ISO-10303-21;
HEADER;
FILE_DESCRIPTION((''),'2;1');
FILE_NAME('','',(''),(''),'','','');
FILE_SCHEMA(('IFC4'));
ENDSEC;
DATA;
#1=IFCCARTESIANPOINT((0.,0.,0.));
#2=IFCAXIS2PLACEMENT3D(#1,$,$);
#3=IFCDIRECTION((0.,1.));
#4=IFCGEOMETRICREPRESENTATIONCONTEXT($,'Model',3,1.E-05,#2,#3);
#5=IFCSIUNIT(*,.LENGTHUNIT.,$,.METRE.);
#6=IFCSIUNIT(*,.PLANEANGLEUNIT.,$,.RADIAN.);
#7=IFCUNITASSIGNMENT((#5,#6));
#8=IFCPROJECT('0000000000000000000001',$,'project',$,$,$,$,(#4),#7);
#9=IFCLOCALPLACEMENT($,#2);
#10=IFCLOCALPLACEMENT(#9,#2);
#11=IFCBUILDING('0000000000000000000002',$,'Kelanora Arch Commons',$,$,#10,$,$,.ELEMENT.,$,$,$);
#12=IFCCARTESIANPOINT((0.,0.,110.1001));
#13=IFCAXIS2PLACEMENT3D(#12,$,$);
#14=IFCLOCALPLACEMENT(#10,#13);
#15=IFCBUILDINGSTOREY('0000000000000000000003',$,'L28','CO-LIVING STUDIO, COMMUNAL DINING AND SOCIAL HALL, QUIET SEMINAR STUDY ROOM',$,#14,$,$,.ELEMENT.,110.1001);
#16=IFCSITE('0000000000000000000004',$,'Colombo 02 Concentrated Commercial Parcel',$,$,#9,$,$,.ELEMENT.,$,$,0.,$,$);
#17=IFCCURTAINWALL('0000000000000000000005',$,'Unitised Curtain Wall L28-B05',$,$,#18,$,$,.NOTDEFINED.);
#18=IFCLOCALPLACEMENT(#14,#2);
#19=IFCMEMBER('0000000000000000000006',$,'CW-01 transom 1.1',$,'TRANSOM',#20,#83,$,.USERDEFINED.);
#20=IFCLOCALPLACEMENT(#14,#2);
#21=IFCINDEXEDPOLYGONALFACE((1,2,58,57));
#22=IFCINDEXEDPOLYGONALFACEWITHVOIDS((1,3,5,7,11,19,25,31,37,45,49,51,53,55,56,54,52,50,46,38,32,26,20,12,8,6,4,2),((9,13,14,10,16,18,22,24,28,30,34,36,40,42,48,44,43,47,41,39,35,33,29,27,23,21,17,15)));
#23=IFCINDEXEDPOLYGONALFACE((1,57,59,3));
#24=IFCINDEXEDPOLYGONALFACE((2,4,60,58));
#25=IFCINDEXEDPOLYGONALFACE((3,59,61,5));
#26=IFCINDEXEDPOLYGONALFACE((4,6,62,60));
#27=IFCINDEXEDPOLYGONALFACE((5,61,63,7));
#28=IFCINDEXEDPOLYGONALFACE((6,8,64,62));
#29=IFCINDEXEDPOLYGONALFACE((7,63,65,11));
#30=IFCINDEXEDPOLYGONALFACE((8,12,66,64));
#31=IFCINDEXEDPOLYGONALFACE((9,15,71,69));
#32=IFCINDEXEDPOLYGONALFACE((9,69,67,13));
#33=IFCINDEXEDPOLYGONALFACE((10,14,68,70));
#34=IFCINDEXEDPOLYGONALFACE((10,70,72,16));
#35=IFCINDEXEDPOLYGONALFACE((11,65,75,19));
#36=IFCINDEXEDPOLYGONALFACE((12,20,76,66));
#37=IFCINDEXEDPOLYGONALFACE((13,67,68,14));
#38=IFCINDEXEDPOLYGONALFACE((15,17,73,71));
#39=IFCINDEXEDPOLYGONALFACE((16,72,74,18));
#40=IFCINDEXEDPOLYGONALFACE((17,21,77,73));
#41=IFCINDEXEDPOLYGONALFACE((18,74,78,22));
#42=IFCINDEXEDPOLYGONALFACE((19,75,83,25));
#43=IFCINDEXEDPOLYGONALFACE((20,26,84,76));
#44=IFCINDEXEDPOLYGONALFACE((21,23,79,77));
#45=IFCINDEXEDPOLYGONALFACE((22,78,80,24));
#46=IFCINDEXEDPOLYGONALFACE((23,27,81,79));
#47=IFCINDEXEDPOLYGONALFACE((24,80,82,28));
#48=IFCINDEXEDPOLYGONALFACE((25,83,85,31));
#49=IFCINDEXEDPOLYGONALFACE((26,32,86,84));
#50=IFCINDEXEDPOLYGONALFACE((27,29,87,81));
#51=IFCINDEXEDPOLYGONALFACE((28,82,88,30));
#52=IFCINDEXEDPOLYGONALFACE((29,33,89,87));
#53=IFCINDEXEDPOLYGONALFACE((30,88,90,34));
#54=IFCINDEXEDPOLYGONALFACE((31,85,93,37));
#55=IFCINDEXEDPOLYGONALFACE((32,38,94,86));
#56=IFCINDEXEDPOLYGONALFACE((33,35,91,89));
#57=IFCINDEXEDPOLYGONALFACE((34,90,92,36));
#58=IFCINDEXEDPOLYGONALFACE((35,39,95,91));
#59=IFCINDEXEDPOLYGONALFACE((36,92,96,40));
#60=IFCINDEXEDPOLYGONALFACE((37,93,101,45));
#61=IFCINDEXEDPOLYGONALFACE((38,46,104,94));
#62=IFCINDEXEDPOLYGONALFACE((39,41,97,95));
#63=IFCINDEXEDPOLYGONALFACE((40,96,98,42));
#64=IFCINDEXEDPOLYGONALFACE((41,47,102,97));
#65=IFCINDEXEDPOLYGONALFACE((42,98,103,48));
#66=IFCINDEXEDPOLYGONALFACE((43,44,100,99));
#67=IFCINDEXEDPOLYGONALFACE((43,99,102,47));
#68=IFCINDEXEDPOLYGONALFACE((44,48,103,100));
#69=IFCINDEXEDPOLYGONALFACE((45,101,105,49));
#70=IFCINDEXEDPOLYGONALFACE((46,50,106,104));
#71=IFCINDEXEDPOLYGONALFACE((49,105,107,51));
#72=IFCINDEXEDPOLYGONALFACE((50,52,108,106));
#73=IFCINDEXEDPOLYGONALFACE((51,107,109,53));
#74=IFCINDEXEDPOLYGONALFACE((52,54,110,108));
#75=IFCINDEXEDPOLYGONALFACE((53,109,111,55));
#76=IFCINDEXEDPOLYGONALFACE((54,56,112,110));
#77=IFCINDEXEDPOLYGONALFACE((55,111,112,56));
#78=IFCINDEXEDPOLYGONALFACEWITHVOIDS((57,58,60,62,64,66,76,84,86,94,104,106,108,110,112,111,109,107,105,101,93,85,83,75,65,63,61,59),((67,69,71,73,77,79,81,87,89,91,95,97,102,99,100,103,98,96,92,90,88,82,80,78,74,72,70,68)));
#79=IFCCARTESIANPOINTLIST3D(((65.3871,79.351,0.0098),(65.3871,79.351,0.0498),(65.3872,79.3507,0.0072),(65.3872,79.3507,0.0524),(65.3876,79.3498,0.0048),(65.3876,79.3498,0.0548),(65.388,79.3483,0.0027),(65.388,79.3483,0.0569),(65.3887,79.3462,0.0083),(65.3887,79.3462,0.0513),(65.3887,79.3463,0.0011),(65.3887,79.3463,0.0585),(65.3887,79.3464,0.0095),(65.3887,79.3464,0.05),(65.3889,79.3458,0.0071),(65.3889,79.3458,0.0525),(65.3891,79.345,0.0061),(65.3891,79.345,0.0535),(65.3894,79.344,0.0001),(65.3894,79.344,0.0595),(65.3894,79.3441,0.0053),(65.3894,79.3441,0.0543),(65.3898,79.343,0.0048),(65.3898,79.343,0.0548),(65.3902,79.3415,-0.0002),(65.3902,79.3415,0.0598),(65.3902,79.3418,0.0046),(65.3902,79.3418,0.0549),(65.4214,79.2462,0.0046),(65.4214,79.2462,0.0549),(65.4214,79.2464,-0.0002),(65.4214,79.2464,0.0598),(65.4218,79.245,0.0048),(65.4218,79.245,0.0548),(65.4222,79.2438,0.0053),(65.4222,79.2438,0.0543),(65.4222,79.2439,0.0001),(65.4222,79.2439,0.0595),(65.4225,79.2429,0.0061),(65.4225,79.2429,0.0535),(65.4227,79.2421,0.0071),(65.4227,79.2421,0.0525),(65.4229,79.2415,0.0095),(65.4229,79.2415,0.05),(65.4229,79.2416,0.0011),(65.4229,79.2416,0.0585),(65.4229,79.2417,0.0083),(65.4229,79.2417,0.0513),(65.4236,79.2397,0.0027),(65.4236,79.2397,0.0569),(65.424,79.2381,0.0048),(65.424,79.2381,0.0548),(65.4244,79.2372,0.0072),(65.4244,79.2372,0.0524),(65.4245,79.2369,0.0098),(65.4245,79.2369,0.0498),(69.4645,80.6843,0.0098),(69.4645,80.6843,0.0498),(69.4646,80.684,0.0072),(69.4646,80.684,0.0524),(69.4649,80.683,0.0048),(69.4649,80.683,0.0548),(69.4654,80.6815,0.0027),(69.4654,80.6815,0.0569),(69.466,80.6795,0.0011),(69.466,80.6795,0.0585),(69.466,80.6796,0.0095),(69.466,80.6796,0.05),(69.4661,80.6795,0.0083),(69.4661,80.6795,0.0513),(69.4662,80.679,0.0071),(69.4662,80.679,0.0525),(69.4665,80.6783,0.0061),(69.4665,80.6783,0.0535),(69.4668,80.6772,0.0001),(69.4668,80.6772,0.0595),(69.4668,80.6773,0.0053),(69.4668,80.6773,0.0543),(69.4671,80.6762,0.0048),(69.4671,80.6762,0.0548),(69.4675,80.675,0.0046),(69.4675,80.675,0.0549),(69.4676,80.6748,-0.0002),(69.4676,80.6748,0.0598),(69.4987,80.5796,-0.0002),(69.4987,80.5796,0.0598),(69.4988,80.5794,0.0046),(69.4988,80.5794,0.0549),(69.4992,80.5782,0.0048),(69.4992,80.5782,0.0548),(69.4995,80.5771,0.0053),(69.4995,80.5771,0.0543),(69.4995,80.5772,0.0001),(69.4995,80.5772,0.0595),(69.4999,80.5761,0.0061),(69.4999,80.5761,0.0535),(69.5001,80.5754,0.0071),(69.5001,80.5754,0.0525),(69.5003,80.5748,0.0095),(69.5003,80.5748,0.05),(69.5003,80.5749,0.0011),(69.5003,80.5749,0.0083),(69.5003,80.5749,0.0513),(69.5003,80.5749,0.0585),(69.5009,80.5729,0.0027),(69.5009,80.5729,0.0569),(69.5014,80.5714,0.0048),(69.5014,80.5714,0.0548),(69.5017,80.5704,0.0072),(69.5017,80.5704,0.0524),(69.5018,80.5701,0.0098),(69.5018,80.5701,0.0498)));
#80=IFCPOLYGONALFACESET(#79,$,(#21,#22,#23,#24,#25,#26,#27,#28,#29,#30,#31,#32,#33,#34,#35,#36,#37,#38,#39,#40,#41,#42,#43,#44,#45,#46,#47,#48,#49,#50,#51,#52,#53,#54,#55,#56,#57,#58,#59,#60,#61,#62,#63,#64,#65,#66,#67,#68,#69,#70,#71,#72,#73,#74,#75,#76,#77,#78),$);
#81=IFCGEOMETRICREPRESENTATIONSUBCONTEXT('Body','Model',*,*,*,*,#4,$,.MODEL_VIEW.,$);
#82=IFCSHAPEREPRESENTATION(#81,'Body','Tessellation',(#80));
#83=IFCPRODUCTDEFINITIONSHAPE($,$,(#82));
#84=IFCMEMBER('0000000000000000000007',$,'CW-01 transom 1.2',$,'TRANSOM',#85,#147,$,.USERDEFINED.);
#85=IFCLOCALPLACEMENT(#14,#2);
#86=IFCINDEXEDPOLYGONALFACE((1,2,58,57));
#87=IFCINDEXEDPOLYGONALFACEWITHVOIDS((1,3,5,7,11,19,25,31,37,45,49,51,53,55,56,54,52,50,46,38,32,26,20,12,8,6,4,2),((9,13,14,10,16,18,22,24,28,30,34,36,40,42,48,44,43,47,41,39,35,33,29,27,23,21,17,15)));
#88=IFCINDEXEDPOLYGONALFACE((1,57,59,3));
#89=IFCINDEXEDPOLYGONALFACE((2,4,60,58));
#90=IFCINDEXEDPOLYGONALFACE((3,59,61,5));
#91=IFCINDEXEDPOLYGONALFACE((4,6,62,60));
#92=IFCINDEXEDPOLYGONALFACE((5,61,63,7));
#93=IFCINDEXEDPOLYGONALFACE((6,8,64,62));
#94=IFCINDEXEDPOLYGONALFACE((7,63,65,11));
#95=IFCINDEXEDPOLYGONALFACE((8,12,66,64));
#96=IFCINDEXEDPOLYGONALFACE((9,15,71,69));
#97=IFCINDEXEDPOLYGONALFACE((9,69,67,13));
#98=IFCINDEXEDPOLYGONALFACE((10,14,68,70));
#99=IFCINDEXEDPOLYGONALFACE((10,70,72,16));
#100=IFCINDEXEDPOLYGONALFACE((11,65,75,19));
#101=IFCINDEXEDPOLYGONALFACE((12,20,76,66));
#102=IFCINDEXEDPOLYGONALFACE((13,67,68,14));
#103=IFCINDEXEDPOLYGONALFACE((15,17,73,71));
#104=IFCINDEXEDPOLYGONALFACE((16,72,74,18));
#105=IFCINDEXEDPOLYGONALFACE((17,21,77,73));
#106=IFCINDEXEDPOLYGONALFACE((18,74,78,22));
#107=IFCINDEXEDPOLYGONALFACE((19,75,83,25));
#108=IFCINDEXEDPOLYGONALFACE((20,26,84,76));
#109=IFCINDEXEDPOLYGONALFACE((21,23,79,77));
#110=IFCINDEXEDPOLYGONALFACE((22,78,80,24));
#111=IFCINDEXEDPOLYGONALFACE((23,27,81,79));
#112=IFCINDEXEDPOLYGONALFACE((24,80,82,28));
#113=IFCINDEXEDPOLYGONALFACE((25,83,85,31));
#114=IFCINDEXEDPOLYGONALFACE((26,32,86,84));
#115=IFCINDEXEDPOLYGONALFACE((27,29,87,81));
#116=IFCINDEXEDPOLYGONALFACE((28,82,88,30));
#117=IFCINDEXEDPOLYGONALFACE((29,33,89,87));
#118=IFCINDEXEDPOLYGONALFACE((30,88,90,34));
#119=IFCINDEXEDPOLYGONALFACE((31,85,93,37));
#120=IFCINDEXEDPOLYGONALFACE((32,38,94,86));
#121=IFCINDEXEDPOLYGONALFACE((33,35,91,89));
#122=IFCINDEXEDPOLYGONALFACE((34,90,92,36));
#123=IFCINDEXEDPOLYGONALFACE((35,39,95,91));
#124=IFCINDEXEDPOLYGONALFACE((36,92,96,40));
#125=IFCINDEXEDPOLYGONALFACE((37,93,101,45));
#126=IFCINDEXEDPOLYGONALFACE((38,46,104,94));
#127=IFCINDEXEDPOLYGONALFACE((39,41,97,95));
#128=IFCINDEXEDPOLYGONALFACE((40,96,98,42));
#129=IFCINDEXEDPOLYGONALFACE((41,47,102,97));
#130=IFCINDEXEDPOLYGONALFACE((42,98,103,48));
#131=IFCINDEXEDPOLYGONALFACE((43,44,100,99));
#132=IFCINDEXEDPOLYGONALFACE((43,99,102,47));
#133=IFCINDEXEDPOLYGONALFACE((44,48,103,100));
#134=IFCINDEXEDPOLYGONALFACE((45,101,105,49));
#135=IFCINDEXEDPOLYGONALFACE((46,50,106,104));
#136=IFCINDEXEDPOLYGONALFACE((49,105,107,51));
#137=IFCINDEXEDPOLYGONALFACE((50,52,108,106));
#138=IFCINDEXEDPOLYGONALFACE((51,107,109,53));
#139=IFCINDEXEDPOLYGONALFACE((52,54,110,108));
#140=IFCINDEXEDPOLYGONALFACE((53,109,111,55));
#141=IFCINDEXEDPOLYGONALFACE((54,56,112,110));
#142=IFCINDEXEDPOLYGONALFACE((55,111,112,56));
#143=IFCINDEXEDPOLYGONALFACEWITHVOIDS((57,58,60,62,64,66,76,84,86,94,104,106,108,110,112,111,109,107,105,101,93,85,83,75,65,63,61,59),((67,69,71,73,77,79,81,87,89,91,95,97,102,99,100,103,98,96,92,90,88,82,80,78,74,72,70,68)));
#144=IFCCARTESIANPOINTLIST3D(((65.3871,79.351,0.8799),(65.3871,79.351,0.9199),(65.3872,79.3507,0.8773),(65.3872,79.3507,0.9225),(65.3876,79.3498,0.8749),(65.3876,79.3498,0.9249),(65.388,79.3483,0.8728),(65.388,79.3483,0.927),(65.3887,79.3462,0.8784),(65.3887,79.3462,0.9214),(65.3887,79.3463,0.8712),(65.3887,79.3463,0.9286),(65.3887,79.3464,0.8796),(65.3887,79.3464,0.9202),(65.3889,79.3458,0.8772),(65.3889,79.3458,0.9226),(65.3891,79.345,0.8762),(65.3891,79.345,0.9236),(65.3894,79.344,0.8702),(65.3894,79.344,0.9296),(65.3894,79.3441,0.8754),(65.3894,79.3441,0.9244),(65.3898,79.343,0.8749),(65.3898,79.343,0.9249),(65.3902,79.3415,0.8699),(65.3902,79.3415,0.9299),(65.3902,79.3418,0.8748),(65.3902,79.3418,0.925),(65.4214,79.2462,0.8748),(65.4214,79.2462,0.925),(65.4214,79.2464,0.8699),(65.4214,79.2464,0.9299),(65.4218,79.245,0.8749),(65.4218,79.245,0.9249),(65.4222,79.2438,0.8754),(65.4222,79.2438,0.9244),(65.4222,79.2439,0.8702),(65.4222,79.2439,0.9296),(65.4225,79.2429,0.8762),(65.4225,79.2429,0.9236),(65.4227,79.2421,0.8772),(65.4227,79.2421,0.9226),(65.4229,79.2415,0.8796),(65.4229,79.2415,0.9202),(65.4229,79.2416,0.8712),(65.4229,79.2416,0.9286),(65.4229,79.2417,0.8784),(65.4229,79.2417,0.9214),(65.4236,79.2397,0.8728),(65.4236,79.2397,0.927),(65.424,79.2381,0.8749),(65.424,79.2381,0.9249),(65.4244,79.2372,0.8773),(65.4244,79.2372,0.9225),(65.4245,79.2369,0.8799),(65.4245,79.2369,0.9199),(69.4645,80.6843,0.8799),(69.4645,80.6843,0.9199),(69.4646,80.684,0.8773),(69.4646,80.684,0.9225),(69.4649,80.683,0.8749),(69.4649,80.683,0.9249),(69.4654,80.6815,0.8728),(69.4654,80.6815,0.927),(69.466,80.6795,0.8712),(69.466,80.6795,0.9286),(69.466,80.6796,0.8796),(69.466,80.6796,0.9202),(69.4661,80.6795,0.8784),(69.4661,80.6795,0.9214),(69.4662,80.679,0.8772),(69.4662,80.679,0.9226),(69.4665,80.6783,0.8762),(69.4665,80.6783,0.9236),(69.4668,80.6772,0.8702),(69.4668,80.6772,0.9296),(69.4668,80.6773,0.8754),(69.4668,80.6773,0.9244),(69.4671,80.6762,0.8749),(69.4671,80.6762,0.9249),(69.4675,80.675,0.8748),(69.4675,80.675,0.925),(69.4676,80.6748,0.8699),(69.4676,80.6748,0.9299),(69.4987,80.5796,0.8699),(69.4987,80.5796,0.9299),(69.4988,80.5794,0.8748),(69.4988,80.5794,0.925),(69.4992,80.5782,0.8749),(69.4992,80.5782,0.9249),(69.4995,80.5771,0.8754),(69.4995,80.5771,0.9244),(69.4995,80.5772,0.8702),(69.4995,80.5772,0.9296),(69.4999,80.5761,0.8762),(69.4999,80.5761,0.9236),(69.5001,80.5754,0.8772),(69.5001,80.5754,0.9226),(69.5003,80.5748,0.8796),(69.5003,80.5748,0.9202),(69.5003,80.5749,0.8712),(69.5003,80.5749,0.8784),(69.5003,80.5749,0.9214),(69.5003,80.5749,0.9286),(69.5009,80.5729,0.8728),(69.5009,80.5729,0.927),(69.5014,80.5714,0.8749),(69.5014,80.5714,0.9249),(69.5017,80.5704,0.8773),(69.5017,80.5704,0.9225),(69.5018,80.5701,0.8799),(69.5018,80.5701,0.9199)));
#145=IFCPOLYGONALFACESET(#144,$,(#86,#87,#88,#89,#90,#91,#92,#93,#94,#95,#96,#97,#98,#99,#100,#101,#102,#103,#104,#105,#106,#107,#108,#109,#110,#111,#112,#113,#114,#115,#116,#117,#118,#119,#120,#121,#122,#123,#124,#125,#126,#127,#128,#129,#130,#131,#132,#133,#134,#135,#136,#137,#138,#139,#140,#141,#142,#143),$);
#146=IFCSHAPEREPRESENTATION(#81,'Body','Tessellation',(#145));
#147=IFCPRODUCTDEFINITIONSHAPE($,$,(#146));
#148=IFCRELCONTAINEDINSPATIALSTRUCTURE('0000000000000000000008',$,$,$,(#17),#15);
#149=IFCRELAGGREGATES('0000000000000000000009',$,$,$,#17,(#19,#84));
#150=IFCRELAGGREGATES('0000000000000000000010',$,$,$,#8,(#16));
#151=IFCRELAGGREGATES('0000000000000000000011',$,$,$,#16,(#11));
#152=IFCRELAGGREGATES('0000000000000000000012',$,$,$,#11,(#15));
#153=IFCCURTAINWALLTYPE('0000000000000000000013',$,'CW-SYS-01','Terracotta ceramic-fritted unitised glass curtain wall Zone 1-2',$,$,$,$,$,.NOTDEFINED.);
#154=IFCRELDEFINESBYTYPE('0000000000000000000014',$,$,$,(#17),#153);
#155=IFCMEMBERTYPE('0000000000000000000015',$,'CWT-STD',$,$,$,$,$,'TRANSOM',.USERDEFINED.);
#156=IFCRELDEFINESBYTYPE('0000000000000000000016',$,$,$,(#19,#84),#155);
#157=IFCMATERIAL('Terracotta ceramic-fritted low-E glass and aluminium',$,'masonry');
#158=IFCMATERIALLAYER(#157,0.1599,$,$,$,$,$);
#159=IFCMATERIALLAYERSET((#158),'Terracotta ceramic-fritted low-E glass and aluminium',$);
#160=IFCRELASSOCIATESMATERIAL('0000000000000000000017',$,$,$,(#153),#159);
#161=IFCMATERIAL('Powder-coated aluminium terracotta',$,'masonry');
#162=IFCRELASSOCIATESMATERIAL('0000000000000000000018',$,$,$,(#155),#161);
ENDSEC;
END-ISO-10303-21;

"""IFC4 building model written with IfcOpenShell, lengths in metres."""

from ifc_helpers import new_model, si_unit, direction, frame, origin, origin_2d, place, context, subcontext, project, spatial, hollow_rectangle, extrude, material, layer, layer_set, material_profile, profile_set, type_object, element, aggregate, save


model = new_model("IFC4")

# Units and contexts
model_context = context("Model", 3, precision=1e-05, world=origin(), true_north=direction((0.0, 1.0)))
body_context = subcontext(model_context, "Body", "Model", "MODEL_VIEW")
ifc_project = project(units=[si_unit("LENGTHUNIT", "METRE"), si_unit("PLANEANGLEUNIT", "RADIAN")], contexts=[model_context])

# Site, building, storey
site_placement = place(None, origin())
site = spatial("IfcSite", under=ifc_project, at=site_placement, Name="Colombo 02 Concentrated Commercial Parcel", CompositionType="ELEMENT", RefElevation=0.0)
building_placement = place(site_placement, origin())
building = spatial("IfcBuilding", under=site, at=building_placement, Name="Kelanora Arch Commons", CompositionType="ELEMENT")
storey_placement = place(building_placement, frame((0.0, 0.0, 110.1001)))
storey = spatial("IfcBuildingStorey", under=building, at=storey_placement, Name="L28", Description="CO-LIVING STUDIO, COMMUNAL DINING AND SOCIAL HALL, QUIET SEMINAR STUDY ROOM", CompositionType="ELEMENT", Elevation=110.1001)

# Curtain wall, members
ifc_material_1 = material(Name="Terracotta ceramic-fritted low-E glass and aluminium", Category="masonry")
ifc_layer_1 = layer(ifc_material_1, 0.1599)
ifc_layer_set_1 = layer_set([ifc_layer_1], Name="Terracotta ceramic-fritted low-E glass and aluminium")
curtain_wall_type = type_object("IfcCurtainWallType", Name="CW-SYS-01", Description="Terracotta ceramic-fritted unitised glass curtain wall Zone 1-2", PredefinedType="NOTDEFINED", material=ifc_layer_set_1)
curtain_wall_placement = place(storey_placement, origin())
curtain_wall = element("IfcCurtainWall", 1, at=curtain_wall_placement, inside=storey, type_object=curtain_wall_type, Name="Unitised Curtain Wall L28-B05", PredefinedType="NOTDEFINED")
ifc_material_2 = material(Name="Powder-coated aluminium terracotta", Category="masonry")
ifc_material_profile_1 = material_profile(ifc_material_2, hollow_rectangle(XDim=0.1201, YDim=0.0601, WallThickness=0.0049, InnerFilletRadius=0.0049, OuterFilletRadius=0.01, at=origin_2d()), Name="CWT120x60")
ifc_profile_set_1 = profile_set([ifc_material_profile_1], Name="Powder-coated aluminium terracotta")
member_type_1 = type_object("IfcMemberType", Name="CWT-STD", ElementType="TRANSOM", PredefinedType="USERDEFINED", material=ifc_profile_set_1)
member_1_placement = place(storey_placement, frame((69.4832, 80.6272, 0.0298), z_axis=(-0.950478, -0.310793, 0.0), x_axis=(0.310793, -0.950478, 0.0)))
member_1 = element("IfcMember", 2, at=member_1_placement, type_object=member_type_1, Name="CW-01 transom 1.1", ObjectType="TRANSOM", PredefinedType="USERDEFINED", context=body_context, shape_type="SweptSolid", body=[
    extrude(hollow_rectangle(XDim=0.1201, YDim=0.0601, WallThickness=0.0049, InnerFilletRadius=0.0049, OuterFilletRadius=0.01, at=origin_2d()), origin(), (0.0, 0.0, 1.0), 4.2898),
])
member_2_placement = place(storey_placement, frame((69.4832, 80.6272, 0.8999), z_axis=(-0.950478, -0.310793, 0.0), x_axis=(0.310793, -0.950478, 0.0)))
member_2 = element("IfcMember", 3, at=member_2_placement, type_object=member_type_1, Name="CW-01 transom 1.2", ObjectType="TRANSOM", PredefinedType="USERDEFINED", context=body_context, shape_type="SweptSolid", body=[
    extrude(hollow_rectangle(XDim=0.1201, YDim=0.0601, WallThickness=0.0049, InnerFilletRadius=0.0049, OuterFilletRadius=0.01, at=origin_2d()), origin(), (0.0, 0.0, 1.0), 4.2898),
])
aggregate(curtain_wall, [member_1, member_2])

save(model, "model.ifc")
